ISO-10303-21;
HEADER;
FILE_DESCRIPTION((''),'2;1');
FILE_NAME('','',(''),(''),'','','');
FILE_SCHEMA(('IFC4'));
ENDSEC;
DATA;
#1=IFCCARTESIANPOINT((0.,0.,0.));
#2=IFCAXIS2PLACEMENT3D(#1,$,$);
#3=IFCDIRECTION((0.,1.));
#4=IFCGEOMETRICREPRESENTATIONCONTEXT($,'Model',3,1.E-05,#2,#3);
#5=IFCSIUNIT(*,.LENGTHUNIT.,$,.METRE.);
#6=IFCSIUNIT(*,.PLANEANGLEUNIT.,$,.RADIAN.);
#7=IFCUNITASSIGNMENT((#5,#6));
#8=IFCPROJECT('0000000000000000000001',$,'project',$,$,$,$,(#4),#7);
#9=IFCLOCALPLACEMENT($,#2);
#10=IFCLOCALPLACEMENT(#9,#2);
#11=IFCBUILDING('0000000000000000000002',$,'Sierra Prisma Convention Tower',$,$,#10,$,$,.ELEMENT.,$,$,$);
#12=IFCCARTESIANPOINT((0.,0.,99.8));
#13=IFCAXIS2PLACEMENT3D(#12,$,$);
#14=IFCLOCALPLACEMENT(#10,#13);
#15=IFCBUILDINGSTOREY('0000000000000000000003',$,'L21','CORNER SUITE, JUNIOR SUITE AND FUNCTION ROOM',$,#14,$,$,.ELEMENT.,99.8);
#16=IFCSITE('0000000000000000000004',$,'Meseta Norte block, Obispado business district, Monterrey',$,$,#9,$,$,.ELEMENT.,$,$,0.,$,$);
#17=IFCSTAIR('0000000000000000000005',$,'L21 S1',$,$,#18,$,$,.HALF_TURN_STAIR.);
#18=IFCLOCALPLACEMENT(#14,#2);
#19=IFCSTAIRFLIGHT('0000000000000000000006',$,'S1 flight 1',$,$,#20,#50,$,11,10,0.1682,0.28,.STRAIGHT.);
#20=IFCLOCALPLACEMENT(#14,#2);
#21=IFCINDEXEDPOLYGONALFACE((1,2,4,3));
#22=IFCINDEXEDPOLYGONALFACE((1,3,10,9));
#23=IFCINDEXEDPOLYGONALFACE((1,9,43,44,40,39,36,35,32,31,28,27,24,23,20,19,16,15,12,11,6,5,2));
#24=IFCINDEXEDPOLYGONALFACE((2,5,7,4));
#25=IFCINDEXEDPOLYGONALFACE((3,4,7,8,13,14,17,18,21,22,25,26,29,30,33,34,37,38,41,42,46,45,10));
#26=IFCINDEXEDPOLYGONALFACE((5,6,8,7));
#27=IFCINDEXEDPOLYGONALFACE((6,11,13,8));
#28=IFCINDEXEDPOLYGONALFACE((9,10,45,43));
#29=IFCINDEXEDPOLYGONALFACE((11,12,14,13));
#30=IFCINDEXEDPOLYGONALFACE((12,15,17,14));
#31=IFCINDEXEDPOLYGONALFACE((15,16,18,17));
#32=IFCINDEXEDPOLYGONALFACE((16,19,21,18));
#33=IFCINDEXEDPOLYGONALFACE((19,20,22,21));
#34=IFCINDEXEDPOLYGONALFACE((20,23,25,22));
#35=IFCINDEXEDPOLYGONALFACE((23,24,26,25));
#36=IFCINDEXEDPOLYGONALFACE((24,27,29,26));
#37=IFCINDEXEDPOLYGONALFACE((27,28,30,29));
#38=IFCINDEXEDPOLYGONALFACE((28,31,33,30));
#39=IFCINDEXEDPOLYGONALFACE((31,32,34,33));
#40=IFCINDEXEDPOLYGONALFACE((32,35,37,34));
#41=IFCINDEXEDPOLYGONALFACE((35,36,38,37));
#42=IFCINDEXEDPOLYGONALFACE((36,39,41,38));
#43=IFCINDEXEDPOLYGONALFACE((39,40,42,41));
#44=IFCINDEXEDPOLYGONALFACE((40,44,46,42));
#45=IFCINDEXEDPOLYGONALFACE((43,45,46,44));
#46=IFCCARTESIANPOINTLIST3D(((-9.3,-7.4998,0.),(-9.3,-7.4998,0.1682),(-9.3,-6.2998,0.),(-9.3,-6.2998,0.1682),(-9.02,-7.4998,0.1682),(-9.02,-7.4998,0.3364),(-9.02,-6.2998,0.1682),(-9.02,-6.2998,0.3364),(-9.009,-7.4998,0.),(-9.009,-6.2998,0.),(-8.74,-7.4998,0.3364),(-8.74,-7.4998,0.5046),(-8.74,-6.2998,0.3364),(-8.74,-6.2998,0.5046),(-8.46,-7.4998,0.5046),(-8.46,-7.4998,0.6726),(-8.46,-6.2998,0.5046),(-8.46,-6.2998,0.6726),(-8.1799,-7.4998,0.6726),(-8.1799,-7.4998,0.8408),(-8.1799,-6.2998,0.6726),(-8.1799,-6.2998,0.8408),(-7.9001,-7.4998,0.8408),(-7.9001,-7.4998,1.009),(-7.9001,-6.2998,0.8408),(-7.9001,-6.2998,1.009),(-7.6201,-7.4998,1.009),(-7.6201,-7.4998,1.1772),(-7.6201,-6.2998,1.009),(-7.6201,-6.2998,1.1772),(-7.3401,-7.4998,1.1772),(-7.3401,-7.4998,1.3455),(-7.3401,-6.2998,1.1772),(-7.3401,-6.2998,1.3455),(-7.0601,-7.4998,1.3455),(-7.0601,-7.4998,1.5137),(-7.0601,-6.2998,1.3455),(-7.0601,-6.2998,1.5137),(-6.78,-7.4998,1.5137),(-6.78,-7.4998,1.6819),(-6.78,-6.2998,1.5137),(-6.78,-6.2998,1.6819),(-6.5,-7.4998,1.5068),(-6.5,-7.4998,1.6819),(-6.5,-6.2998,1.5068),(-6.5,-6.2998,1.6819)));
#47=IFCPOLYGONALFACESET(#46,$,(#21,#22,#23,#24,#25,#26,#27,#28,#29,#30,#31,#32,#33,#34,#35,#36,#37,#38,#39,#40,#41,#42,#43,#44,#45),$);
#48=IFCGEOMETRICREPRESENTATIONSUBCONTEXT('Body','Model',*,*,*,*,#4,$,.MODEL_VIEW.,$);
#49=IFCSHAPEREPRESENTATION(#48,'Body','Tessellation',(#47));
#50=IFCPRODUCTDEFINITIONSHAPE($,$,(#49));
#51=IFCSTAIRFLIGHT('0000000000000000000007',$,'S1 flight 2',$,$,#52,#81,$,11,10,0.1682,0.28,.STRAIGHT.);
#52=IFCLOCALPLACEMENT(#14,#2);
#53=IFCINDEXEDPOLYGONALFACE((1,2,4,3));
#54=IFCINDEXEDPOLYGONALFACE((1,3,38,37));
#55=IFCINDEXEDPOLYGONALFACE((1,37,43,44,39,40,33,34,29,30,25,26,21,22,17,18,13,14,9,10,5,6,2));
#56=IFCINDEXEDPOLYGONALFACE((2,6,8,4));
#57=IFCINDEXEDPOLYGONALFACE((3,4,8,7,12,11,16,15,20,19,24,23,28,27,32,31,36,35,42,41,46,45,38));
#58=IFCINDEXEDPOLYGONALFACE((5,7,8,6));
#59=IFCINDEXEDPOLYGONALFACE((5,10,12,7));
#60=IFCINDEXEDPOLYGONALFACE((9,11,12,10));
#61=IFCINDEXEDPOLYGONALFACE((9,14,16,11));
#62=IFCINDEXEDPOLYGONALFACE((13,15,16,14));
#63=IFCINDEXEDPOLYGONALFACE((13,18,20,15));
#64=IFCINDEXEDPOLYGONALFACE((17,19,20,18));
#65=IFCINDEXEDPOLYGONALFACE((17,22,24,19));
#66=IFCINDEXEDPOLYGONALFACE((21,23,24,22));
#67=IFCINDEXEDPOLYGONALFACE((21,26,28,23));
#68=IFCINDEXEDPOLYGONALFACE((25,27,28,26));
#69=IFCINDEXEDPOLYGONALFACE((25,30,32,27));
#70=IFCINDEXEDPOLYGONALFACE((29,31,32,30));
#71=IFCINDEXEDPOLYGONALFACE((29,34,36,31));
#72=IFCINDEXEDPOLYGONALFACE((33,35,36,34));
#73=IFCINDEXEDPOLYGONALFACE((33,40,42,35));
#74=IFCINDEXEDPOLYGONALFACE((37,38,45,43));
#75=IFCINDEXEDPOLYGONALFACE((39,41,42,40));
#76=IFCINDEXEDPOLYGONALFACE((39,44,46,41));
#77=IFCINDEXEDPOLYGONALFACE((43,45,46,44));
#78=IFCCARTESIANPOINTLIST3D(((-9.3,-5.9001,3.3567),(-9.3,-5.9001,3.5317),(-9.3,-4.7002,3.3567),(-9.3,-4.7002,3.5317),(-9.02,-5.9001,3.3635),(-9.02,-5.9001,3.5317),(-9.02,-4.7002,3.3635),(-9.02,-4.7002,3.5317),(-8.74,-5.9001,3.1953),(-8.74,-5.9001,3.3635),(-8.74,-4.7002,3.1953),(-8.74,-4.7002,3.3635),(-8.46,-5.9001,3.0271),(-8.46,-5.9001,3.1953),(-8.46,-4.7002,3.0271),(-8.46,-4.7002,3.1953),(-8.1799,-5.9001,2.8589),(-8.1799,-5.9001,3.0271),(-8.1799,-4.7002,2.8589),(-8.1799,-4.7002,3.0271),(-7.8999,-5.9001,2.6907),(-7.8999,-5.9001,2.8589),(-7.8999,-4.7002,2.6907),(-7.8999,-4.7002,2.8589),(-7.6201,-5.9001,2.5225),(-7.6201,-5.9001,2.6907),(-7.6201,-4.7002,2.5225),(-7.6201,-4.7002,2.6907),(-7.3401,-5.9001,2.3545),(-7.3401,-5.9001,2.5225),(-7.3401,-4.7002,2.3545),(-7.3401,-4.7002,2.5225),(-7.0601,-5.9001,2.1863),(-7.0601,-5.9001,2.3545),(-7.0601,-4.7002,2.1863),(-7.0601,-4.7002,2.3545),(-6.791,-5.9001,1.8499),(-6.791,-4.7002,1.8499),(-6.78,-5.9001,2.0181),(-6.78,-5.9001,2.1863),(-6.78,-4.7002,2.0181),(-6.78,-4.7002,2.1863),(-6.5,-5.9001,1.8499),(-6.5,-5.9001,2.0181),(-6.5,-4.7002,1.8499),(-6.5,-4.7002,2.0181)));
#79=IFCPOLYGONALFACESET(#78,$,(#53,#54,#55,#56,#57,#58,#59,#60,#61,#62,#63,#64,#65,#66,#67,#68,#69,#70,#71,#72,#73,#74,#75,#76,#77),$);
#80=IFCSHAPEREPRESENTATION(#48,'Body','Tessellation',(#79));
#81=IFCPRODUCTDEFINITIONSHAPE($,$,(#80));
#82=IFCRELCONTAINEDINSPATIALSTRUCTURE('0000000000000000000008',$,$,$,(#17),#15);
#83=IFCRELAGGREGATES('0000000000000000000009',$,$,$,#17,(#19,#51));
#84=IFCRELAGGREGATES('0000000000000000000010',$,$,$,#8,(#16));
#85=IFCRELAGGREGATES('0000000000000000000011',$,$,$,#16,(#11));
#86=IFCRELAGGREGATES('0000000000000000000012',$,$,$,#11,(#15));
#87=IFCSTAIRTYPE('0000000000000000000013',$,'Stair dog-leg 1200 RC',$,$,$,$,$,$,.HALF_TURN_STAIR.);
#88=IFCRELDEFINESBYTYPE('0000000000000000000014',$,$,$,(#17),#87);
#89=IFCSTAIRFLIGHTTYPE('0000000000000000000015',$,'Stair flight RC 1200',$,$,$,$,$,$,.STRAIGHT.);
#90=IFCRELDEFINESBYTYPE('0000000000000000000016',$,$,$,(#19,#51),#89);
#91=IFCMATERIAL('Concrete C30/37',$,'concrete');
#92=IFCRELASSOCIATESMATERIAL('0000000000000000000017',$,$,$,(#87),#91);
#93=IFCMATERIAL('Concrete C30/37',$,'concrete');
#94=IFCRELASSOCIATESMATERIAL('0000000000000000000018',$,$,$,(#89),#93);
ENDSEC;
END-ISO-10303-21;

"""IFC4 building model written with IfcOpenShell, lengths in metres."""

from ifc_helpers import new_model, si_unit, direction, frame, origin, place, context, subcontext, project, spatial, polyline, outline, extrude, material, type_object, element, aggregate, save


model = new_model("IFC4")

# Units and contexts
model_context = context("Model", 3, precision=1e-05, world=origin(), true_north=direction((0.0, 1.0)))
body_context = subcontext(model_context, "Body", "Model", "MODEL_VIEW")
ifc_project = project(units=[si_unit("LENGTHUNIT", "METRE"), si_unit("PLANEANGLEUNIT", "RADIAN")], contexts=[model_context])

# Site, building, storey
site_placement = place(None, origin())
site = spatial("IfcSite", under=ifc_project, at=site_placement, Name="Meseta Norte block, Obispado business district, Monterrey", CompositionType="ELEMENT", RefElevation=0.0)
building_placement = place(site_placement, origin())
building = spatial("IfcBuilding", under=site, at=building_placement, Name="Sierra Prisma Convention Tower", CompositionType="ELEMENT")
storey_placement = place(building_placement, frame((0.0, 0.0, 99.8)))
storey = spatial("IfcBuildingStorey", under=building, at=storey_placement, Name="L21", Description="CORNER SUITE, JUNIOR SUITE AND FUNCTION ROOM", CompositionType="ELEMENT", Elevation=99.8)

# Stair, stair flights
ifc_material_1 = material(Name="Concrete C30/37", Category="concrete")
stair_type = type_object("IfcStairType", Name="Stair dog-leg 1200 RC", PredefinedType="HALF_TURN_STAIR", material=ifc_material_1)
stair_placement = place(storey_placement, origin())
stair = element("IfcStair", 1, at=stair_placement, inside=storey, type_object=stair_type, Name="L21 S1", PredefinedType="HALF_TURN_STAIR")
ifc_material_2 = material(Name="Concrete C30/37", Category="concrete")
stair_flight_type = type_object("IfcStairFlightType", Name="Stair flight RC 1200", PredefinedType="STRAIGHT", material=ifc_material_2)
stair_flight_1_placement = place(storey_placement, frame((-9.3, -6.8999, 0.0), z_axis=(0.0, 0.0, 1.0), x_axis=(1.0, 0.0, 0.0)))
stair_flight_1 = element("IfcStairFlight", 2, at=stair_flight_1_placement, type_object=stair_flight_type, Name="S1 flight 1", NumberOfRisers=11, NumberOfTreads=10, PredefinedType="STRAIGHT", RiserHeight=0.1682, TreadLength=0.28, context=body_context, shape_type="SweptSolid", body=[
    extrude(outline(polyline([(0.0, 0.0), (0.0, 0.1682), (0.28, 0.1682), (0.28, 0.3364), (0.5601, 0.3364), (0.5601, 0.5046), (0.8401, 0.5046), (0.8401, 0.6726), (1.1201, 0.6726), (1.1201, 0.8408), (1.3999, 0.8408), (1.3999, 1.009), (1.6799, 1.009), (1.6799, 1.1772), (1.96, 1.1772), (1.96, 1.3455), (2.24, 1.3455), (2.24, 1.5137), (2.52, 1.5137), (2.52, 1.6819), (2.8, 1.6819), (2.8, 1.8501), (2.8, 1.5068), (0.291, 0.0), (0.0, 0.0)])), frame((0.0, 0.6001, 0.0), z_axis=(0.0, -1.0, 0.0), x_axis=(1.0, 0.0, 0.0)), (0.0, 0.0, 1.0), 1.2),
])
stair_flight_2_placement = place(storey_placement, frame((-6.5, -5.3, 1.8499), z_axis=(0.0, 0.0, 1.0), x_axis=(-1.0, 0.0, 0.0)))
stair_flight_2 = element("IfcStairFlight", 3, at=stair_flight_2_placement, type_object=stair_flight_type, Name="S1 flight 2", NumberOfRisers=11, NumberOfTreads=10, PredefinedType="STRAIGHT", RiserHeight=0.1682, TreadLength=0.28, context=body_context, shape_type="SweptSolid", body=[
    extrude(outline(polyline([(0.0, 0.0), (0.0, 0.1682), (0.28, 0.1682), (0.28, 0.3364), (0.5601, 0.3364), (0.5601, 0.5046), (0.8401, 0.5046), (0.8401, 0.6726), (1.1201, 0.6726), (1.1201, 0.8408), (1.3999, 0.8408), (1.3999, 1.009), (1.6799, 1.009), (1.6799, 1.1772), (1.96, 1.1772), (1.96, 1.3455), (2.24, 1.3455), (2.24, 1.5137), (2.52, 1.5137), (2.52, 1.6819), (2.8, 1.6819), (2.8, 1.8501), (2.8, 1.5068), (0.291, 0.0), (0.0, 0.0)])), frame((0.0, 0.6001, 0.0), z_axis=(0.0, -1.0, 0.0), x_axis=(1.0, 0.0, 0.0)), (0.0, 0.0, 1.0), 1.2),
])
aggregate(stair, [stair_flight_1, stair_flight_2])

save(model, "model.ifc")
